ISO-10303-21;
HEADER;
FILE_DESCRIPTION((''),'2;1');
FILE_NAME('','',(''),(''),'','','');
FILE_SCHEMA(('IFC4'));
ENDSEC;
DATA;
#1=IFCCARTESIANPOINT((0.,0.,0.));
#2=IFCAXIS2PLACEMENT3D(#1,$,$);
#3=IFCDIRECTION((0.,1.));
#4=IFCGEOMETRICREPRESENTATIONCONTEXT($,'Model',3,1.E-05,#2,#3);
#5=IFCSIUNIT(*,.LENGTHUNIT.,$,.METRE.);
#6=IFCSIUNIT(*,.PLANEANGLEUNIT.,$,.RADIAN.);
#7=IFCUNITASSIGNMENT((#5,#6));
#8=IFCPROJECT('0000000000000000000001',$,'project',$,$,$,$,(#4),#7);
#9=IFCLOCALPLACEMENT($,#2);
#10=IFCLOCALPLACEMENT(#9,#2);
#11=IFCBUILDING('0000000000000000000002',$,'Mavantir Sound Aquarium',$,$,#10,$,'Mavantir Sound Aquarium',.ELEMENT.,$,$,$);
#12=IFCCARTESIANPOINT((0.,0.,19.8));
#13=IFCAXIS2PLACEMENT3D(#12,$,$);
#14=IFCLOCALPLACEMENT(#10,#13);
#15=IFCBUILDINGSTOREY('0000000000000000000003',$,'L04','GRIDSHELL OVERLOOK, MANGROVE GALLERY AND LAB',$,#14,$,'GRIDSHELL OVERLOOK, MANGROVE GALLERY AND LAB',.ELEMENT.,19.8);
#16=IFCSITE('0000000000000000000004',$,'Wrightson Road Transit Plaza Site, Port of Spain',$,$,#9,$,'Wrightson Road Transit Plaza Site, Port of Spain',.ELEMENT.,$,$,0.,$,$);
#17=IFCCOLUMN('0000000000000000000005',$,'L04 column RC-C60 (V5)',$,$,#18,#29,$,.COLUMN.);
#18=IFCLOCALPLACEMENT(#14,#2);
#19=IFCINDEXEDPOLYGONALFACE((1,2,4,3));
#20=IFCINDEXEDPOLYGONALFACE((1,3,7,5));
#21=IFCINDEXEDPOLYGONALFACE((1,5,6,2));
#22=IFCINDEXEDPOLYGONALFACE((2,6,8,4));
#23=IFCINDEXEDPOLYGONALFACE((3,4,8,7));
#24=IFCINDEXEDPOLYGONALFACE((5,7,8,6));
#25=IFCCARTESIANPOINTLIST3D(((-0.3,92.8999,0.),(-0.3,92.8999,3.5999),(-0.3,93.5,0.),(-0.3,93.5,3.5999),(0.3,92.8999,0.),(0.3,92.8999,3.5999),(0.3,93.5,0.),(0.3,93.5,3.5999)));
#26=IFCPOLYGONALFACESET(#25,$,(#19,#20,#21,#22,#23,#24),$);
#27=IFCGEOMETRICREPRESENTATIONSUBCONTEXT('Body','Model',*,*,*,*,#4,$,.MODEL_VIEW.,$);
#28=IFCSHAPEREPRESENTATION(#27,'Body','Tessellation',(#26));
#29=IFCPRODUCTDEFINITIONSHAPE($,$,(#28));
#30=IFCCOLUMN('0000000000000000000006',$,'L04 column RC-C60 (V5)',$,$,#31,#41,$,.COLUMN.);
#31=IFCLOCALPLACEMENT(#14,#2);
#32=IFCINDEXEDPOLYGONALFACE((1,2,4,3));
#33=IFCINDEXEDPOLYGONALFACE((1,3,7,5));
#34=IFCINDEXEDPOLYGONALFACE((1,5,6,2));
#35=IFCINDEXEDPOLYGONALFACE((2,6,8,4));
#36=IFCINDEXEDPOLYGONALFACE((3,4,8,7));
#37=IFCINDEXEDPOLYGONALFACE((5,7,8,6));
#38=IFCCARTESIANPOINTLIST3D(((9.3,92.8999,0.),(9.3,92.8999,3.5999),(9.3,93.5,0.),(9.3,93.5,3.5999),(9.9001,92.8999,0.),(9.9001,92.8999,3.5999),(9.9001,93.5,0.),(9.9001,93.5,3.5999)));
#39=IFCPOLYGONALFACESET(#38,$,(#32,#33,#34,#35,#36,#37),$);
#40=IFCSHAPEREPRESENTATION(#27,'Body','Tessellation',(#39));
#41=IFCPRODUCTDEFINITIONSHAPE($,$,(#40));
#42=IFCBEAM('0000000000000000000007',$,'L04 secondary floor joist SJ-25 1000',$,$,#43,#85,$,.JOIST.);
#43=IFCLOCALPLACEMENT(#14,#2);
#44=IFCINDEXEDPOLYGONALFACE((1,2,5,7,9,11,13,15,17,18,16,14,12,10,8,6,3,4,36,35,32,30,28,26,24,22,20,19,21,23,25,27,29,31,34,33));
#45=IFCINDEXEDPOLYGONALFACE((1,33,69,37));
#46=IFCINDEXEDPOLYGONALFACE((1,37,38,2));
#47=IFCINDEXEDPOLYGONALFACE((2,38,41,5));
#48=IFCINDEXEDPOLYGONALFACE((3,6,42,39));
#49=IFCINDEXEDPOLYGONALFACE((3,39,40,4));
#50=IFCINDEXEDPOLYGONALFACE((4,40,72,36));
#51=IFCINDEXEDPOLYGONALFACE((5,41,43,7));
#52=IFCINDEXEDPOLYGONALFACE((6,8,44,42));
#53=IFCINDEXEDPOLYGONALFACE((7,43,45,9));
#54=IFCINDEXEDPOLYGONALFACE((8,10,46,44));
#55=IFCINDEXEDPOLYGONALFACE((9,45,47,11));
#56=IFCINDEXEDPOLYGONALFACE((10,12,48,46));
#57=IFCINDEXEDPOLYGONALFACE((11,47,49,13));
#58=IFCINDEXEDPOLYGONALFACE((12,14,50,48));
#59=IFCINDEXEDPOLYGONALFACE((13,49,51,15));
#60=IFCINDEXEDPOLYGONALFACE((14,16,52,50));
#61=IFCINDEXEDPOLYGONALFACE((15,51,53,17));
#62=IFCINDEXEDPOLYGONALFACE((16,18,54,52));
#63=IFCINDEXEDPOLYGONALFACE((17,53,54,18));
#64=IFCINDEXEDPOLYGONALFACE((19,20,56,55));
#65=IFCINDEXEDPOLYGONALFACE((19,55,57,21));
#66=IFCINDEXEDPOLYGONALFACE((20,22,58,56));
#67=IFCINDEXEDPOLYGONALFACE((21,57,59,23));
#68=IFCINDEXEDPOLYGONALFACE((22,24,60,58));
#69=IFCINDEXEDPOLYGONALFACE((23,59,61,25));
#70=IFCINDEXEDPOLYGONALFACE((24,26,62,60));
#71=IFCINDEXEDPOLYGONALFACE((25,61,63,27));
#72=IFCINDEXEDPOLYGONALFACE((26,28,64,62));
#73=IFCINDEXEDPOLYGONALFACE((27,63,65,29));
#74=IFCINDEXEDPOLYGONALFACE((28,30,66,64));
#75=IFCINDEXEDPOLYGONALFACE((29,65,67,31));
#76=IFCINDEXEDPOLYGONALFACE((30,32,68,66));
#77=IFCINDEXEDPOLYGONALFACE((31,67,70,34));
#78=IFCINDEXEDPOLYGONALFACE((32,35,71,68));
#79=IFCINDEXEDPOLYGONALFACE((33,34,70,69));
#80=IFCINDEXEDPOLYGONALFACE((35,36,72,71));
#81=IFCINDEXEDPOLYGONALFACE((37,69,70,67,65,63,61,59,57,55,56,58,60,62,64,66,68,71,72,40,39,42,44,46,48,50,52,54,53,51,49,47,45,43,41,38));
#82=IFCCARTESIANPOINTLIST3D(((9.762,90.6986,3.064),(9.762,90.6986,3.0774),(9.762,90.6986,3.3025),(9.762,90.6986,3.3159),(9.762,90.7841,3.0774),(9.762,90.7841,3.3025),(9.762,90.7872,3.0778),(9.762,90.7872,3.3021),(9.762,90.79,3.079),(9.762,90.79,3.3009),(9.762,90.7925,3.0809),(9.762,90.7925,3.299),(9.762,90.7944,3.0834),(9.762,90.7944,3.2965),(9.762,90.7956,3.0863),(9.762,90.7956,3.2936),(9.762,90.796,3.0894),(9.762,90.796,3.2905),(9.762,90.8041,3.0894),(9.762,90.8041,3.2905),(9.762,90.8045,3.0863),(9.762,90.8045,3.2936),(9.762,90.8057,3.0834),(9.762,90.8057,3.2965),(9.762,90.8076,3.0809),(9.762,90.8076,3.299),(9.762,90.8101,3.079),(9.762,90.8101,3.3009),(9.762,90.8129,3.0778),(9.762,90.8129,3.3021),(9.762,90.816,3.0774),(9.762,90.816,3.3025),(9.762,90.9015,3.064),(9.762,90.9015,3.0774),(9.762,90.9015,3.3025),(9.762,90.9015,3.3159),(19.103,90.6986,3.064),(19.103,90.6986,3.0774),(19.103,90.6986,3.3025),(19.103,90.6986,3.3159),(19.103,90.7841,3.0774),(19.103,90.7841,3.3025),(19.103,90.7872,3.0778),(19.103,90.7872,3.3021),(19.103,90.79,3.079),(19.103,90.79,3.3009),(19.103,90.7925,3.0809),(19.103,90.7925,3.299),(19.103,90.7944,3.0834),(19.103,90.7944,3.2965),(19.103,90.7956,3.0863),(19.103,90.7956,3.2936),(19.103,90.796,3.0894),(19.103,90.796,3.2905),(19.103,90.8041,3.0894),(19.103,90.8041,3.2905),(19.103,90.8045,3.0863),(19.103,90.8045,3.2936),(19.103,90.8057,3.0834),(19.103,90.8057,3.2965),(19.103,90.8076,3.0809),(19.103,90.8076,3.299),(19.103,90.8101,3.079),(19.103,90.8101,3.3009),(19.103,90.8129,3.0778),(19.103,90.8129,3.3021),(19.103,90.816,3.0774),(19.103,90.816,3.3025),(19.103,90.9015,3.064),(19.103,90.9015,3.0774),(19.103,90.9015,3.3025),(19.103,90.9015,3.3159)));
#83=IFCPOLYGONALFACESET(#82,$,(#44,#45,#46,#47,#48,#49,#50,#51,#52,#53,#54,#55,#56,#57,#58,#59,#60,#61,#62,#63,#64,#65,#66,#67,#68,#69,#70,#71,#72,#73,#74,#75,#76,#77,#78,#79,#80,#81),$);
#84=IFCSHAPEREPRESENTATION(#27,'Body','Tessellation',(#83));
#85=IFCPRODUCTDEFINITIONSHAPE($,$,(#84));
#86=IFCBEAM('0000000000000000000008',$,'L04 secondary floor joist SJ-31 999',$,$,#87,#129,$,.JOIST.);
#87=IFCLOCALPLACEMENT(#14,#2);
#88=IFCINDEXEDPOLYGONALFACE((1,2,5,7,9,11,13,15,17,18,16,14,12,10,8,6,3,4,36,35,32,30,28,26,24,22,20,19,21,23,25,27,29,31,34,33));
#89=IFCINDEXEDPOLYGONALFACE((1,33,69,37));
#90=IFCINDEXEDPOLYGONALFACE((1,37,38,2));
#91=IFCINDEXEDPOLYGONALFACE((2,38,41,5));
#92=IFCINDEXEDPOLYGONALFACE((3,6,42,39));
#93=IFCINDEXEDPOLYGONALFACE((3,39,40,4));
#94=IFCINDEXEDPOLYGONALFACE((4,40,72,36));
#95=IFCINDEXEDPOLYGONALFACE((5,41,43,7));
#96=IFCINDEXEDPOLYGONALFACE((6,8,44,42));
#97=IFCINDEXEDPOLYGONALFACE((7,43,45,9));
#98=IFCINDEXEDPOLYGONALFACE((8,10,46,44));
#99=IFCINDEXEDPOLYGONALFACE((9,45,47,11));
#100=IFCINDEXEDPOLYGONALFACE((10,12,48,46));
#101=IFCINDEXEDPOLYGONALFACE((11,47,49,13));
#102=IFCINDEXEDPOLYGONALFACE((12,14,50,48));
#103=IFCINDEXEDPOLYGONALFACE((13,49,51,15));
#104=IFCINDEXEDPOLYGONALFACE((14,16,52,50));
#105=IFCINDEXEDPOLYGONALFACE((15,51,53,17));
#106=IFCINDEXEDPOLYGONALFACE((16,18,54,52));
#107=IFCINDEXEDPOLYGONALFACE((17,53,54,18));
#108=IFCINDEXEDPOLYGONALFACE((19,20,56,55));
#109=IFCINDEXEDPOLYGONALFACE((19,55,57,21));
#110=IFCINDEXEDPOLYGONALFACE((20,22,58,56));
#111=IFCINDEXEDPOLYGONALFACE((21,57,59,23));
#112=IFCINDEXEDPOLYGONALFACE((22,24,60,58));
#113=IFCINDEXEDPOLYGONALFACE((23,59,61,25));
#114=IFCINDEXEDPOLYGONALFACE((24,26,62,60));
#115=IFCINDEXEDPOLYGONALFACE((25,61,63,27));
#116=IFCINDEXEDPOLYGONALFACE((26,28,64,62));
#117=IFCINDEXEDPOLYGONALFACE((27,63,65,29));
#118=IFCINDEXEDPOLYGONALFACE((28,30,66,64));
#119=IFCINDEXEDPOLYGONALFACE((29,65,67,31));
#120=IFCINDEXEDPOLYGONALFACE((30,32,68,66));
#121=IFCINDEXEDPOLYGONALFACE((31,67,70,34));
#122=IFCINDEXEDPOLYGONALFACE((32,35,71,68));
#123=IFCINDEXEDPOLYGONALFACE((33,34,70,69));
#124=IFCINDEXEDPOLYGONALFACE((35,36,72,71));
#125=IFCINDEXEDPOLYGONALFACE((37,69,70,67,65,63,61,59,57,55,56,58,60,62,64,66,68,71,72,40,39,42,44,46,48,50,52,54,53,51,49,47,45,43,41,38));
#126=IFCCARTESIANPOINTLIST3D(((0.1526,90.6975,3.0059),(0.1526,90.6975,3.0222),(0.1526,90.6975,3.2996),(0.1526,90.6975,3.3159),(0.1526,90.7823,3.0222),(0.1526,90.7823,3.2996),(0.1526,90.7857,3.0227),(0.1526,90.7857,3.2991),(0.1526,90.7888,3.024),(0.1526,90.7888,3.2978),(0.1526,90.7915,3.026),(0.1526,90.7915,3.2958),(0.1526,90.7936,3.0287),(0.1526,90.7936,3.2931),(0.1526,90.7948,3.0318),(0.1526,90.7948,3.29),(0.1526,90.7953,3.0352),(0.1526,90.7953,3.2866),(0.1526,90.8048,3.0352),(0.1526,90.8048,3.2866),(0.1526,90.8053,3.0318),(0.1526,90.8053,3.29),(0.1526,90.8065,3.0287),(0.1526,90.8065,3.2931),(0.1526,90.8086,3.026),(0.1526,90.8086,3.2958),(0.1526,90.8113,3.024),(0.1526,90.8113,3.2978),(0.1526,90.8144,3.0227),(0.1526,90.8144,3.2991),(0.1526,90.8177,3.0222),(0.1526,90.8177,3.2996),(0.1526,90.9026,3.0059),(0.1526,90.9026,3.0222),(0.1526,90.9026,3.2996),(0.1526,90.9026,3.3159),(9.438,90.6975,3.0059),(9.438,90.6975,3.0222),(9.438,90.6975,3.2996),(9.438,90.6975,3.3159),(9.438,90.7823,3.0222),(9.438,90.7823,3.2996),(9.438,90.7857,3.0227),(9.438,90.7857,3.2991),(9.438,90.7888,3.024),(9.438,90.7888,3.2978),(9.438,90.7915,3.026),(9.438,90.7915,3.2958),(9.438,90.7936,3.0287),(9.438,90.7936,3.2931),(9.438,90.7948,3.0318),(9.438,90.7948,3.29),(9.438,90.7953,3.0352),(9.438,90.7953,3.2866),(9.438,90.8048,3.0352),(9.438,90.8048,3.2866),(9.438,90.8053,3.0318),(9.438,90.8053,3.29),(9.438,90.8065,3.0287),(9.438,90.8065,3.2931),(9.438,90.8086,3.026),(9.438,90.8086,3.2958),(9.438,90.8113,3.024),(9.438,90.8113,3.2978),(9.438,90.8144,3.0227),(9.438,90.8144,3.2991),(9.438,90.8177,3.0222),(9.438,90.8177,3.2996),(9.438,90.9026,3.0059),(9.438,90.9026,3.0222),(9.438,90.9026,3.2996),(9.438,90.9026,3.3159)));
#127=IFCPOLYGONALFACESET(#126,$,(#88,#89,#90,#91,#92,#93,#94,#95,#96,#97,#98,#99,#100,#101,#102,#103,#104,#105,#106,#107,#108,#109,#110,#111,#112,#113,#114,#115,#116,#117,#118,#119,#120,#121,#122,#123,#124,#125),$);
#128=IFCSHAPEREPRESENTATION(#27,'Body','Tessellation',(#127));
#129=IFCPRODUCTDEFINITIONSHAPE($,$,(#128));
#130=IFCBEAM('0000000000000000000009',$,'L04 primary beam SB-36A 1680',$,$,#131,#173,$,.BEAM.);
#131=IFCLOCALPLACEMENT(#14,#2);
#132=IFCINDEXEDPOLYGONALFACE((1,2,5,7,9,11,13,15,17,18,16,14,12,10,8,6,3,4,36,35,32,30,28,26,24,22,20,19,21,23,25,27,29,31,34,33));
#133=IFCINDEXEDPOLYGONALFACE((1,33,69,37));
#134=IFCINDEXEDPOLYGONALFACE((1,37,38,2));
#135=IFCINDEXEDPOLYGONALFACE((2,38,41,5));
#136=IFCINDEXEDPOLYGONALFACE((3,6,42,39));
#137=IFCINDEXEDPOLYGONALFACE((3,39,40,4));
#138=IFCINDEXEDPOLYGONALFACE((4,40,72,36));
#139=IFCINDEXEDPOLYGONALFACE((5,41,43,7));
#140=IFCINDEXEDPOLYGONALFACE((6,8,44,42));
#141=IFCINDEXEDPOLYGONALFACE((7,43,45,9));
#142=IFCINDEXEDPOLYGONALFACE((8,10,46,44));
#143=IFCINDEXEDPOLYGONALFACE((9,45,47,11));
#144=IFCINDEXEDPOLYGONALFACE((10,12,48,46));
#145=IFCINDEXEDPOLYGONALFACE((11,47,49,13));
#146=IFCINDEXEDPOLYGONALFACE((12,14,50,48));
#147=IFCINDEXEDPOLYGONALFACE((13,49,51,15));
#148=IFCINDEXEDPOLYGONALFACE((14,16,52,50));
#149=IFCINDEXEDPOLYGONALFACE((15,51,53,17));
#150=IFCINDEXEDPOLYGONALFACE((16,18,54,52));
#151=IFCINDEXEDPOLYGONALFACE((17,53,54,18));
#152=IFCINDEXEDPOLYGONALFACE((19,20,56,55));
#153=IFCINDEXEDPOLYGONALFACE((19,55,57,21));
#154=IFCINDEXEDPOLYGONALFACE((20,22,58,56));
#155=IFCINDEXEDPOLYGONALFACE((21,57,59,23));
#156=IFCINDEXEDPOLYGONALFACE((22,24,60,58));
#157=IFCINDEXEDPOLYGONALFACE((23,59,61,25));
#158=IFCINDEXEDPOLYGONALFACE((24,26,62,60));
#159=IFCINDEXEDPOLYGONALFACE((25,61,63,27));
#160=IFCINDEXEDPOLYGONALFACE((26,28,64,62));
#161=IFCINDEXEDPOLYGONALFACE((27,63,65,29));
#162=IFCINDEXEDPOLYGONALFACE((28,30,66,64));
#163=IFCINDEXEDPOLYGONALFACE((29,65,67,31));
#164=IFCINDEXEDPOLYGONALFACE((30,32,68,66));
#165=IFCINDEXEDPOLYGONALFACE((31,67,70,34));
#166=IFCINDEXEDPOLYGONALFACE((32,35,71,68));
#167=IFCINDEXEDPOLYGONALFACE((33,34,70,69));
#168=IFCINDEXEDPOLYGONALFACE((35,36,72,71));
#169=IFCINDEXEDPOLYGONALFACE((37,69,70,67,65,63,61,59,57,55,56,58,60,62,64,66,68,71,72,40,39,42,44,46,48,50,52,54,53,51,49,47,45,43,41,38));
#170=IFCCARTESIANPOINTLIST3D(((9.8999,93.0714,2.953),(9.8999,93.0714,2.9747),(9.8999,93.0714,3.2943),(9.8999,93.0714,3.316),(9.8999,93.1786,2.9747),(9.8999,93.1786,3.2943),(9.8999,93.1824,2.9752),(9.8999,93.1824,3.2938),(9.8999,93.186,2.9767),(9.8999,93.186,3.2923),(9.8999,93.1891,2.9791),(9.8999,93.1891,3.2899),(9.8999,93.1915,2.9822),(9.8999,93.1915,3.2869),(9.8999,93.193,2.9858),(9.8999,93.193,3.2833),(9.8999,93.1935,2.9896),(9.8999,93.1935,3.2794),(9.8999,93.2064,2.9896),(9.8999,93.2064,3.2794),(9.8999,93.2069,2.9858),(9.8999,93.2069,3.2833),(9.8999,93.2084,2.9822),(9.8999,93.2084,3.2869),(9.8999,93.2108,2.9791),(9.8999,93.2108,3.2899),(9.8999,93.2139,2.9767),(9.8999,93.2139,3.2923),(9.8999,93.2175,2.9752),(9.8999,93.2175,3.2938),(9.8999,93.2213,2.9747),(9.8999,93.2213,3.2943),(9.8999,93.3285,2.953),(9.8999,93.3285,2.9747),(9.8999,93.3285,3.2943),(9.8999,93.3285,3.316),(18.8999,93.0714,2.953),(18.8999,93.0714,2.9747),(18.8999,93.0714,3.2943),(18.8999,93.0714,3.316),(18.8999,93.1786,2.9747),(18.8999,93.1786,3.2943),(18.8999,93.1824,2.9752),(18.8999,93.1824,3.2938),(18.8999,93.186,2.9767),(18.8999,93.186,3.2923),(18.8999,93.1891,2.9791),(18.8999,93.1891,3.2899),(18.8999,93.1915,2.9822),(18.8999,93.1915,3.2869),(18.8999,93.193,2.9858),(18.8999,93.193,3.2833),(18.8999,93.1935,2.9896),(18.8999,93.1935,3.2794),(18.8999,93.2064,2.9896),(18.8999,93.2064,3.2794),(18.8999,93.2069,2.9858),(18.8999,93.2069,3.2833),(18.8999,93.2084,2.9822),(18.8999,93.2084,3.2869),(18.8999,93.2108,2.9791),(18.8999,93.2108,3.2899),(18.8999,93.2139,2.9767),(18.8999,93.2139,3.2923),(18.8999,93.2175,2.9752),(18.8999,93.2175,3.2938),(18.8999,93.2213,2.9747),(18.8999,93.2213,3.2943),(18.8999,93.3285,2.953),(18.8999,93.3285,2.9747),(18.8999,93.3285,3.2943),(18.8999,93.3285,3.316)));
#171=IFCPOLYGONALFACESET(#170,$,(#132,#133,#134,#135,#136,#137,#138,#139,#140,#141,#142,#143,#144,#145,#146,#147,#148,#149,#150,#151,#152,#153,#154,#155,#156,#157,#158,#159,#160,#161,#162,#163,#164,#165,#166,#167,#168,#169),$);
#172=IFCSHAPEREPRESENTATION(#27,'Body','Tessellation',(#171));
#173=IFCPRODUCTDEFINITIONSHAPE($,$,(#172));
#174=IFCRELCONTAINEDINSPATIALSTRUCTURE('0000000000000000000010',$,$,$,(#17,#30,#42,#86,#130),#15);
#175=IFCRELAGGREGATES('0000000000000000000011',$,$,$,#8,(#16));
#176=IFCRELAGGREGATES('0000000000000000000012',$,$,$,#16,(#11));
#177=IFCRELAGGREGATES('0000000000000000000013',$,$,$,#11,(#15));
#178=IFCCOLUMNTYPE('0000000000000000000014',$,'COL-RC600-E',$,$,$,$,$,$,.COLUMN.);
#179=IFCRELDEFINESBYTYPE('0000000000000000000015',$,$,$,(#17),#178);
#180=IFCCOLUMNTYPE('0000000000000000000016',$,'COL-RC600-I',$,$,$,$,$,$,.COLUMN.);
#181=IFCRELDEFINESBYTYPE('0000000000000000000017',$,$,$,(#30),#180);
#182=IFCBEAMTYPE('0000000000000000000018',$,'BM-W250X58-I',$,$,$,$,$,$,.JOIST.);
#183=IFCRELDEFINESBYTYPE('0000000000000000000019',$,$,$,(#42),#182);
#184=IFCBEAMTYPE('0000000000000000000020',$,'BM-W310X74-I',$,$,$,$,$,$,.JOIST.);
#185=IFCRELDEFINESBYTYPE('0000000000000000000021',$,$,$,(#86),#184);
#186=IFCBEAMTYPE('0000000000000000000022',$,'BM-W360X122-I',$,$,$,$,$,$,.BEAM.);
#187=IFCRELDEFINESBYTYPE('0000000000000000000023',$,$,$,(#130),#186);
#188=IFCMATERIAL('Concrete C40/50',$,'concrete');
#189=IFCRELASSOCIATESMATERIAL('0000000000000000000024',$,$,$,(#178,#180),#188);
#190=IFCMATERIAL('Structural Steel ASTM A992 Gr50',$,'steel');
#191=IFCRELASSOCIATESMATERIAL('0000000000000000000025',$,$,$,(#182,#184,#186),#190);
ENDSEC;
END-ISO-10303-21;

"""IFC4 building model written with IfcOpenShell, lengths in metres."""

from ifc_helpers import new_model, si_unit, direction, frame, origin, origin_2d, place, context, subcontext, project, spatial, rectangle, i_section, extrude, material, material_profile, profile_set, type_object, element, save


model = new_model("IFC4")

# Units and contexts
model_context = context("Model", 3, precision=1e-05, world=origin(), true_north=direction((0.0, 1.0)))
body_context = subcontext(model_context, "Body", "Model", "MODEL_VIEW")
ifc_project = project(units=[si_unit("LENGTHUNIT", "METRE"), si_unit("PLANEANGLEUNIT", "RADIAN")], contexts=[model_context])

# Site, building, storey
site_placement = place(None, origin())
site = spatial("IfcSite", under=ifc_project, at=site_placement, Name="Wrightson Road Transit Plaza Site, Port of Spain", LongName="Wrightson Road Transit Plaza Site, Port of Spain", CompositionType="ELEMENT", RefElevation=0.0)
building_placement = place(site_placement, origin())
building = spatial("IfcBuilding", under=site, at=building_placement, Name="Mavantir Sound Aquarium", LongName="Mavantir Sound Aquarium", CompositionType="ELEMENT")
storey_placement = place(building_placement, frame((0.0, 0.0, 19.8)))
storey = spatial("IfcBuildingStorey", under=building, at=storey_placement, Name="L04", Description="GRIDSHELL OVERLOOK, MANGROVE GALLERY AND LAB", LongName="GRIDSHELL OVERLOOK, MANGROVE GALLERY AND LAB", CompositionType="ELEMENT", Elevation=19.8)

# Columns
ifc_material_1 = material(Name="Concrete C40/50", Category="concrete")
ifc_material_profile_1 = material_profile(ifc_material_1, rectangle(XDim=0.6001, YDim=0.6001, at=origin_2d()), Name="RC 600X600")
ifc_profile_set_1 = profile_set([ifc_material_profile_1], Name="Concrete C40/50")
column_type_1 = type_object("IfcColumnType", Name="COL-RC600-E", PredefinedType="COLUMN", material=ifc_profile_set_1)
column_1_placement = place(storey_placement, frame((0.0, 93.2, 0.0), z_axis=(0.0, 0.0, 1.0), x_axis=(1.0, 0.0, 0.0)))
element("IfcColumn", 1, at=column_1_placement, inside=storey, type_object=column_type_1, Name="L04 column RC-C60 (V5)", PredefinedType="COLUMN", context=body_context, shape_type="SweptSolid", body=[
    extrude(rectangle(XDim=0.6001, YDim=0.6001, at=origin_2d()), origin(), (0.0, 0.0, 1.0), 3.5999),
])
ifc_material_profile_2 = material_profile(ifc_material_1, rectangle(XDim=0.6001, YDim=0.6001, at=origin_2d()), Name="RC 600X600")
ifc_profile_set_2 = profile_set([ifc_material_profile_2], Name="Concrete C40/50")
column_type_2 = type_object("IfcColumnType", Name="COL-RC600-I", PredefinedType="COLUMN", material=ifc_profile_set_2)
column_2_placement = place(storey_placement, frame((9.6001, 93.2, 0.0), z_axis=(0.0, 0.0, 1.0), x_axis=(1.0, 0.0, 0.0)))
element("IfcColumn", 2, at=column_2_placement, inside=storey, type_object=column_type_2, Name="L04 column RC-C60 (V5)", PredefinedType="COLUMN", context=body_context, shape_type="SweptSolid", body=[
    extrude(rectangle(XDim=0.6001, YDim=0.6001, at=origin_2d()), origin(), (0.0, 0.0, 1.0), 3.5999),
])

# Beams
ifc_material_2 = material(Name="Structural Steel ASTM A992 Gr50", Category="steel")
ifc_material_profile_3 = material_profile(ifc_material_2, i_section(OverallWidth=0.2029, OverallDepth=0.252, WebThickness=0.0081, FlangeThickness=0.0134, FilletRadius=0.012, at=origin_2d()), Name="W250X58")
ifc_profile_set_3 = profile_set([ifc_material_profile_3], Name="Structural Steel ASTM A992 Gr50")
beam_type_1 = type_object("IfcBeamType", Name="BM-W250X58-I", PredefinedType="JOIST", material=ifc_profile_set_3)
beam_1_placement = place(storey_placement, frame((9.762, 90.8, 3.1899), z_axis=(1.0, 0.0, 0.0), x_axis=(0.0, 1.0, 0.0)))
element("IfcBeam", 3, at=beam_1_placement, inside=storey, type_object=beam_type_1, Name="L04 secondary floor joist SJ-25 1000", PredefinedType="JOIST", context=body_context, shape_type="SweptSolid", body=[
    extrude(i_section(OverallWidth=0.2029, OverallDepth=0.252, WebThickness=0.0081, FlangeThickness=0.0134, FilletRadius=0.012, at=origin_2d()), origin(), (0.0, 0.0, 1.0), 9.3411),
])
ifc_material_profile_4 = material_profile(ifc_material_2, i_section(OverallWidth=0.2051, OverallDepth=0.3101, WebThickness=0.0095, FlangeThickness=0.0164, FilletRadius=0.0129, at=origin_2d()), Name="W310X74")
ifc_profile_set_4 = profile_set([ifc_material_profile_4], Name="Structural Steel ASTM A992 Gr50")
beam_type_2 = type_object("IfcBeamType", Name="BM-W310X74-I", PredefinedType="JOIST", material=ifc_profile_set_4)
beam_2_placement = place(storey_placement, frame((0.1526, 90.8, 3.1609), z_axis=(1.0, 0.0, 0.0), x_axis=(0.0, 1.0, 0.0)))
element("IfcBeam", 4, at=beam_2_placement, inside=storey, type_object=beam_type_2, Name="L04 secondary floor joist SJ-31 999", PredefinedType="JOIST", context=body_context, shape_type="SweptSolid", body=[
    extrude(i_section(OverallWidth=0.2051, OverallDepth=0.3101, WebThickness=0.0095, FlangeThickness=0.0164, FilletRadius=0.0129, at=origin_2d()), origin(), (0.0, 0.0, 1.0), 9.2854),
])
ifc_material_profile_5 = material_profile(ifc_material_2, i_section(OverallWidth=0.2571, OverallDepth=0.363, WebThickness=0.0129, FlangeThickness=0.0217, FilletRadius=0.0149, at=origin_2d()), Name="W360X122")
ifc_profile_set_5 = profile_set([ifc_material_profile_5], Name="Structural Steel ASTM A992 Gr50")
beam_type_3 = type_object("IfcBeamType", Name="BM-W360X122-I", PredefinedType="BEAM", material=ifc_profile_set_5)
beam_3_placement = place(storey_placement, frame((9.8999, 93.2, 3.1345), z_axis=(1.0, 0.0, 0.0), x_axis=(0.0, 1.0, 0.0)))
element("IfcBeam", 5, at=beam_3_placement, inside=storey, type_object=beam_type_3, Name="L04 primary beam SB-36A 1680", PredefinedType="BEAM", context=body_context, shape_type="SweptSolid", body=[
    extrude(i_section(OverallWidth=0.2571, OverallDepth=0.363, WebThickness=0.0129, FlangeThickness=0.0217, FilletRadius=0.0149, at=origin_2d()), origin(), (0.0, 0.0, 1.0), 9.0),
])

save(model, "model.ifc")
